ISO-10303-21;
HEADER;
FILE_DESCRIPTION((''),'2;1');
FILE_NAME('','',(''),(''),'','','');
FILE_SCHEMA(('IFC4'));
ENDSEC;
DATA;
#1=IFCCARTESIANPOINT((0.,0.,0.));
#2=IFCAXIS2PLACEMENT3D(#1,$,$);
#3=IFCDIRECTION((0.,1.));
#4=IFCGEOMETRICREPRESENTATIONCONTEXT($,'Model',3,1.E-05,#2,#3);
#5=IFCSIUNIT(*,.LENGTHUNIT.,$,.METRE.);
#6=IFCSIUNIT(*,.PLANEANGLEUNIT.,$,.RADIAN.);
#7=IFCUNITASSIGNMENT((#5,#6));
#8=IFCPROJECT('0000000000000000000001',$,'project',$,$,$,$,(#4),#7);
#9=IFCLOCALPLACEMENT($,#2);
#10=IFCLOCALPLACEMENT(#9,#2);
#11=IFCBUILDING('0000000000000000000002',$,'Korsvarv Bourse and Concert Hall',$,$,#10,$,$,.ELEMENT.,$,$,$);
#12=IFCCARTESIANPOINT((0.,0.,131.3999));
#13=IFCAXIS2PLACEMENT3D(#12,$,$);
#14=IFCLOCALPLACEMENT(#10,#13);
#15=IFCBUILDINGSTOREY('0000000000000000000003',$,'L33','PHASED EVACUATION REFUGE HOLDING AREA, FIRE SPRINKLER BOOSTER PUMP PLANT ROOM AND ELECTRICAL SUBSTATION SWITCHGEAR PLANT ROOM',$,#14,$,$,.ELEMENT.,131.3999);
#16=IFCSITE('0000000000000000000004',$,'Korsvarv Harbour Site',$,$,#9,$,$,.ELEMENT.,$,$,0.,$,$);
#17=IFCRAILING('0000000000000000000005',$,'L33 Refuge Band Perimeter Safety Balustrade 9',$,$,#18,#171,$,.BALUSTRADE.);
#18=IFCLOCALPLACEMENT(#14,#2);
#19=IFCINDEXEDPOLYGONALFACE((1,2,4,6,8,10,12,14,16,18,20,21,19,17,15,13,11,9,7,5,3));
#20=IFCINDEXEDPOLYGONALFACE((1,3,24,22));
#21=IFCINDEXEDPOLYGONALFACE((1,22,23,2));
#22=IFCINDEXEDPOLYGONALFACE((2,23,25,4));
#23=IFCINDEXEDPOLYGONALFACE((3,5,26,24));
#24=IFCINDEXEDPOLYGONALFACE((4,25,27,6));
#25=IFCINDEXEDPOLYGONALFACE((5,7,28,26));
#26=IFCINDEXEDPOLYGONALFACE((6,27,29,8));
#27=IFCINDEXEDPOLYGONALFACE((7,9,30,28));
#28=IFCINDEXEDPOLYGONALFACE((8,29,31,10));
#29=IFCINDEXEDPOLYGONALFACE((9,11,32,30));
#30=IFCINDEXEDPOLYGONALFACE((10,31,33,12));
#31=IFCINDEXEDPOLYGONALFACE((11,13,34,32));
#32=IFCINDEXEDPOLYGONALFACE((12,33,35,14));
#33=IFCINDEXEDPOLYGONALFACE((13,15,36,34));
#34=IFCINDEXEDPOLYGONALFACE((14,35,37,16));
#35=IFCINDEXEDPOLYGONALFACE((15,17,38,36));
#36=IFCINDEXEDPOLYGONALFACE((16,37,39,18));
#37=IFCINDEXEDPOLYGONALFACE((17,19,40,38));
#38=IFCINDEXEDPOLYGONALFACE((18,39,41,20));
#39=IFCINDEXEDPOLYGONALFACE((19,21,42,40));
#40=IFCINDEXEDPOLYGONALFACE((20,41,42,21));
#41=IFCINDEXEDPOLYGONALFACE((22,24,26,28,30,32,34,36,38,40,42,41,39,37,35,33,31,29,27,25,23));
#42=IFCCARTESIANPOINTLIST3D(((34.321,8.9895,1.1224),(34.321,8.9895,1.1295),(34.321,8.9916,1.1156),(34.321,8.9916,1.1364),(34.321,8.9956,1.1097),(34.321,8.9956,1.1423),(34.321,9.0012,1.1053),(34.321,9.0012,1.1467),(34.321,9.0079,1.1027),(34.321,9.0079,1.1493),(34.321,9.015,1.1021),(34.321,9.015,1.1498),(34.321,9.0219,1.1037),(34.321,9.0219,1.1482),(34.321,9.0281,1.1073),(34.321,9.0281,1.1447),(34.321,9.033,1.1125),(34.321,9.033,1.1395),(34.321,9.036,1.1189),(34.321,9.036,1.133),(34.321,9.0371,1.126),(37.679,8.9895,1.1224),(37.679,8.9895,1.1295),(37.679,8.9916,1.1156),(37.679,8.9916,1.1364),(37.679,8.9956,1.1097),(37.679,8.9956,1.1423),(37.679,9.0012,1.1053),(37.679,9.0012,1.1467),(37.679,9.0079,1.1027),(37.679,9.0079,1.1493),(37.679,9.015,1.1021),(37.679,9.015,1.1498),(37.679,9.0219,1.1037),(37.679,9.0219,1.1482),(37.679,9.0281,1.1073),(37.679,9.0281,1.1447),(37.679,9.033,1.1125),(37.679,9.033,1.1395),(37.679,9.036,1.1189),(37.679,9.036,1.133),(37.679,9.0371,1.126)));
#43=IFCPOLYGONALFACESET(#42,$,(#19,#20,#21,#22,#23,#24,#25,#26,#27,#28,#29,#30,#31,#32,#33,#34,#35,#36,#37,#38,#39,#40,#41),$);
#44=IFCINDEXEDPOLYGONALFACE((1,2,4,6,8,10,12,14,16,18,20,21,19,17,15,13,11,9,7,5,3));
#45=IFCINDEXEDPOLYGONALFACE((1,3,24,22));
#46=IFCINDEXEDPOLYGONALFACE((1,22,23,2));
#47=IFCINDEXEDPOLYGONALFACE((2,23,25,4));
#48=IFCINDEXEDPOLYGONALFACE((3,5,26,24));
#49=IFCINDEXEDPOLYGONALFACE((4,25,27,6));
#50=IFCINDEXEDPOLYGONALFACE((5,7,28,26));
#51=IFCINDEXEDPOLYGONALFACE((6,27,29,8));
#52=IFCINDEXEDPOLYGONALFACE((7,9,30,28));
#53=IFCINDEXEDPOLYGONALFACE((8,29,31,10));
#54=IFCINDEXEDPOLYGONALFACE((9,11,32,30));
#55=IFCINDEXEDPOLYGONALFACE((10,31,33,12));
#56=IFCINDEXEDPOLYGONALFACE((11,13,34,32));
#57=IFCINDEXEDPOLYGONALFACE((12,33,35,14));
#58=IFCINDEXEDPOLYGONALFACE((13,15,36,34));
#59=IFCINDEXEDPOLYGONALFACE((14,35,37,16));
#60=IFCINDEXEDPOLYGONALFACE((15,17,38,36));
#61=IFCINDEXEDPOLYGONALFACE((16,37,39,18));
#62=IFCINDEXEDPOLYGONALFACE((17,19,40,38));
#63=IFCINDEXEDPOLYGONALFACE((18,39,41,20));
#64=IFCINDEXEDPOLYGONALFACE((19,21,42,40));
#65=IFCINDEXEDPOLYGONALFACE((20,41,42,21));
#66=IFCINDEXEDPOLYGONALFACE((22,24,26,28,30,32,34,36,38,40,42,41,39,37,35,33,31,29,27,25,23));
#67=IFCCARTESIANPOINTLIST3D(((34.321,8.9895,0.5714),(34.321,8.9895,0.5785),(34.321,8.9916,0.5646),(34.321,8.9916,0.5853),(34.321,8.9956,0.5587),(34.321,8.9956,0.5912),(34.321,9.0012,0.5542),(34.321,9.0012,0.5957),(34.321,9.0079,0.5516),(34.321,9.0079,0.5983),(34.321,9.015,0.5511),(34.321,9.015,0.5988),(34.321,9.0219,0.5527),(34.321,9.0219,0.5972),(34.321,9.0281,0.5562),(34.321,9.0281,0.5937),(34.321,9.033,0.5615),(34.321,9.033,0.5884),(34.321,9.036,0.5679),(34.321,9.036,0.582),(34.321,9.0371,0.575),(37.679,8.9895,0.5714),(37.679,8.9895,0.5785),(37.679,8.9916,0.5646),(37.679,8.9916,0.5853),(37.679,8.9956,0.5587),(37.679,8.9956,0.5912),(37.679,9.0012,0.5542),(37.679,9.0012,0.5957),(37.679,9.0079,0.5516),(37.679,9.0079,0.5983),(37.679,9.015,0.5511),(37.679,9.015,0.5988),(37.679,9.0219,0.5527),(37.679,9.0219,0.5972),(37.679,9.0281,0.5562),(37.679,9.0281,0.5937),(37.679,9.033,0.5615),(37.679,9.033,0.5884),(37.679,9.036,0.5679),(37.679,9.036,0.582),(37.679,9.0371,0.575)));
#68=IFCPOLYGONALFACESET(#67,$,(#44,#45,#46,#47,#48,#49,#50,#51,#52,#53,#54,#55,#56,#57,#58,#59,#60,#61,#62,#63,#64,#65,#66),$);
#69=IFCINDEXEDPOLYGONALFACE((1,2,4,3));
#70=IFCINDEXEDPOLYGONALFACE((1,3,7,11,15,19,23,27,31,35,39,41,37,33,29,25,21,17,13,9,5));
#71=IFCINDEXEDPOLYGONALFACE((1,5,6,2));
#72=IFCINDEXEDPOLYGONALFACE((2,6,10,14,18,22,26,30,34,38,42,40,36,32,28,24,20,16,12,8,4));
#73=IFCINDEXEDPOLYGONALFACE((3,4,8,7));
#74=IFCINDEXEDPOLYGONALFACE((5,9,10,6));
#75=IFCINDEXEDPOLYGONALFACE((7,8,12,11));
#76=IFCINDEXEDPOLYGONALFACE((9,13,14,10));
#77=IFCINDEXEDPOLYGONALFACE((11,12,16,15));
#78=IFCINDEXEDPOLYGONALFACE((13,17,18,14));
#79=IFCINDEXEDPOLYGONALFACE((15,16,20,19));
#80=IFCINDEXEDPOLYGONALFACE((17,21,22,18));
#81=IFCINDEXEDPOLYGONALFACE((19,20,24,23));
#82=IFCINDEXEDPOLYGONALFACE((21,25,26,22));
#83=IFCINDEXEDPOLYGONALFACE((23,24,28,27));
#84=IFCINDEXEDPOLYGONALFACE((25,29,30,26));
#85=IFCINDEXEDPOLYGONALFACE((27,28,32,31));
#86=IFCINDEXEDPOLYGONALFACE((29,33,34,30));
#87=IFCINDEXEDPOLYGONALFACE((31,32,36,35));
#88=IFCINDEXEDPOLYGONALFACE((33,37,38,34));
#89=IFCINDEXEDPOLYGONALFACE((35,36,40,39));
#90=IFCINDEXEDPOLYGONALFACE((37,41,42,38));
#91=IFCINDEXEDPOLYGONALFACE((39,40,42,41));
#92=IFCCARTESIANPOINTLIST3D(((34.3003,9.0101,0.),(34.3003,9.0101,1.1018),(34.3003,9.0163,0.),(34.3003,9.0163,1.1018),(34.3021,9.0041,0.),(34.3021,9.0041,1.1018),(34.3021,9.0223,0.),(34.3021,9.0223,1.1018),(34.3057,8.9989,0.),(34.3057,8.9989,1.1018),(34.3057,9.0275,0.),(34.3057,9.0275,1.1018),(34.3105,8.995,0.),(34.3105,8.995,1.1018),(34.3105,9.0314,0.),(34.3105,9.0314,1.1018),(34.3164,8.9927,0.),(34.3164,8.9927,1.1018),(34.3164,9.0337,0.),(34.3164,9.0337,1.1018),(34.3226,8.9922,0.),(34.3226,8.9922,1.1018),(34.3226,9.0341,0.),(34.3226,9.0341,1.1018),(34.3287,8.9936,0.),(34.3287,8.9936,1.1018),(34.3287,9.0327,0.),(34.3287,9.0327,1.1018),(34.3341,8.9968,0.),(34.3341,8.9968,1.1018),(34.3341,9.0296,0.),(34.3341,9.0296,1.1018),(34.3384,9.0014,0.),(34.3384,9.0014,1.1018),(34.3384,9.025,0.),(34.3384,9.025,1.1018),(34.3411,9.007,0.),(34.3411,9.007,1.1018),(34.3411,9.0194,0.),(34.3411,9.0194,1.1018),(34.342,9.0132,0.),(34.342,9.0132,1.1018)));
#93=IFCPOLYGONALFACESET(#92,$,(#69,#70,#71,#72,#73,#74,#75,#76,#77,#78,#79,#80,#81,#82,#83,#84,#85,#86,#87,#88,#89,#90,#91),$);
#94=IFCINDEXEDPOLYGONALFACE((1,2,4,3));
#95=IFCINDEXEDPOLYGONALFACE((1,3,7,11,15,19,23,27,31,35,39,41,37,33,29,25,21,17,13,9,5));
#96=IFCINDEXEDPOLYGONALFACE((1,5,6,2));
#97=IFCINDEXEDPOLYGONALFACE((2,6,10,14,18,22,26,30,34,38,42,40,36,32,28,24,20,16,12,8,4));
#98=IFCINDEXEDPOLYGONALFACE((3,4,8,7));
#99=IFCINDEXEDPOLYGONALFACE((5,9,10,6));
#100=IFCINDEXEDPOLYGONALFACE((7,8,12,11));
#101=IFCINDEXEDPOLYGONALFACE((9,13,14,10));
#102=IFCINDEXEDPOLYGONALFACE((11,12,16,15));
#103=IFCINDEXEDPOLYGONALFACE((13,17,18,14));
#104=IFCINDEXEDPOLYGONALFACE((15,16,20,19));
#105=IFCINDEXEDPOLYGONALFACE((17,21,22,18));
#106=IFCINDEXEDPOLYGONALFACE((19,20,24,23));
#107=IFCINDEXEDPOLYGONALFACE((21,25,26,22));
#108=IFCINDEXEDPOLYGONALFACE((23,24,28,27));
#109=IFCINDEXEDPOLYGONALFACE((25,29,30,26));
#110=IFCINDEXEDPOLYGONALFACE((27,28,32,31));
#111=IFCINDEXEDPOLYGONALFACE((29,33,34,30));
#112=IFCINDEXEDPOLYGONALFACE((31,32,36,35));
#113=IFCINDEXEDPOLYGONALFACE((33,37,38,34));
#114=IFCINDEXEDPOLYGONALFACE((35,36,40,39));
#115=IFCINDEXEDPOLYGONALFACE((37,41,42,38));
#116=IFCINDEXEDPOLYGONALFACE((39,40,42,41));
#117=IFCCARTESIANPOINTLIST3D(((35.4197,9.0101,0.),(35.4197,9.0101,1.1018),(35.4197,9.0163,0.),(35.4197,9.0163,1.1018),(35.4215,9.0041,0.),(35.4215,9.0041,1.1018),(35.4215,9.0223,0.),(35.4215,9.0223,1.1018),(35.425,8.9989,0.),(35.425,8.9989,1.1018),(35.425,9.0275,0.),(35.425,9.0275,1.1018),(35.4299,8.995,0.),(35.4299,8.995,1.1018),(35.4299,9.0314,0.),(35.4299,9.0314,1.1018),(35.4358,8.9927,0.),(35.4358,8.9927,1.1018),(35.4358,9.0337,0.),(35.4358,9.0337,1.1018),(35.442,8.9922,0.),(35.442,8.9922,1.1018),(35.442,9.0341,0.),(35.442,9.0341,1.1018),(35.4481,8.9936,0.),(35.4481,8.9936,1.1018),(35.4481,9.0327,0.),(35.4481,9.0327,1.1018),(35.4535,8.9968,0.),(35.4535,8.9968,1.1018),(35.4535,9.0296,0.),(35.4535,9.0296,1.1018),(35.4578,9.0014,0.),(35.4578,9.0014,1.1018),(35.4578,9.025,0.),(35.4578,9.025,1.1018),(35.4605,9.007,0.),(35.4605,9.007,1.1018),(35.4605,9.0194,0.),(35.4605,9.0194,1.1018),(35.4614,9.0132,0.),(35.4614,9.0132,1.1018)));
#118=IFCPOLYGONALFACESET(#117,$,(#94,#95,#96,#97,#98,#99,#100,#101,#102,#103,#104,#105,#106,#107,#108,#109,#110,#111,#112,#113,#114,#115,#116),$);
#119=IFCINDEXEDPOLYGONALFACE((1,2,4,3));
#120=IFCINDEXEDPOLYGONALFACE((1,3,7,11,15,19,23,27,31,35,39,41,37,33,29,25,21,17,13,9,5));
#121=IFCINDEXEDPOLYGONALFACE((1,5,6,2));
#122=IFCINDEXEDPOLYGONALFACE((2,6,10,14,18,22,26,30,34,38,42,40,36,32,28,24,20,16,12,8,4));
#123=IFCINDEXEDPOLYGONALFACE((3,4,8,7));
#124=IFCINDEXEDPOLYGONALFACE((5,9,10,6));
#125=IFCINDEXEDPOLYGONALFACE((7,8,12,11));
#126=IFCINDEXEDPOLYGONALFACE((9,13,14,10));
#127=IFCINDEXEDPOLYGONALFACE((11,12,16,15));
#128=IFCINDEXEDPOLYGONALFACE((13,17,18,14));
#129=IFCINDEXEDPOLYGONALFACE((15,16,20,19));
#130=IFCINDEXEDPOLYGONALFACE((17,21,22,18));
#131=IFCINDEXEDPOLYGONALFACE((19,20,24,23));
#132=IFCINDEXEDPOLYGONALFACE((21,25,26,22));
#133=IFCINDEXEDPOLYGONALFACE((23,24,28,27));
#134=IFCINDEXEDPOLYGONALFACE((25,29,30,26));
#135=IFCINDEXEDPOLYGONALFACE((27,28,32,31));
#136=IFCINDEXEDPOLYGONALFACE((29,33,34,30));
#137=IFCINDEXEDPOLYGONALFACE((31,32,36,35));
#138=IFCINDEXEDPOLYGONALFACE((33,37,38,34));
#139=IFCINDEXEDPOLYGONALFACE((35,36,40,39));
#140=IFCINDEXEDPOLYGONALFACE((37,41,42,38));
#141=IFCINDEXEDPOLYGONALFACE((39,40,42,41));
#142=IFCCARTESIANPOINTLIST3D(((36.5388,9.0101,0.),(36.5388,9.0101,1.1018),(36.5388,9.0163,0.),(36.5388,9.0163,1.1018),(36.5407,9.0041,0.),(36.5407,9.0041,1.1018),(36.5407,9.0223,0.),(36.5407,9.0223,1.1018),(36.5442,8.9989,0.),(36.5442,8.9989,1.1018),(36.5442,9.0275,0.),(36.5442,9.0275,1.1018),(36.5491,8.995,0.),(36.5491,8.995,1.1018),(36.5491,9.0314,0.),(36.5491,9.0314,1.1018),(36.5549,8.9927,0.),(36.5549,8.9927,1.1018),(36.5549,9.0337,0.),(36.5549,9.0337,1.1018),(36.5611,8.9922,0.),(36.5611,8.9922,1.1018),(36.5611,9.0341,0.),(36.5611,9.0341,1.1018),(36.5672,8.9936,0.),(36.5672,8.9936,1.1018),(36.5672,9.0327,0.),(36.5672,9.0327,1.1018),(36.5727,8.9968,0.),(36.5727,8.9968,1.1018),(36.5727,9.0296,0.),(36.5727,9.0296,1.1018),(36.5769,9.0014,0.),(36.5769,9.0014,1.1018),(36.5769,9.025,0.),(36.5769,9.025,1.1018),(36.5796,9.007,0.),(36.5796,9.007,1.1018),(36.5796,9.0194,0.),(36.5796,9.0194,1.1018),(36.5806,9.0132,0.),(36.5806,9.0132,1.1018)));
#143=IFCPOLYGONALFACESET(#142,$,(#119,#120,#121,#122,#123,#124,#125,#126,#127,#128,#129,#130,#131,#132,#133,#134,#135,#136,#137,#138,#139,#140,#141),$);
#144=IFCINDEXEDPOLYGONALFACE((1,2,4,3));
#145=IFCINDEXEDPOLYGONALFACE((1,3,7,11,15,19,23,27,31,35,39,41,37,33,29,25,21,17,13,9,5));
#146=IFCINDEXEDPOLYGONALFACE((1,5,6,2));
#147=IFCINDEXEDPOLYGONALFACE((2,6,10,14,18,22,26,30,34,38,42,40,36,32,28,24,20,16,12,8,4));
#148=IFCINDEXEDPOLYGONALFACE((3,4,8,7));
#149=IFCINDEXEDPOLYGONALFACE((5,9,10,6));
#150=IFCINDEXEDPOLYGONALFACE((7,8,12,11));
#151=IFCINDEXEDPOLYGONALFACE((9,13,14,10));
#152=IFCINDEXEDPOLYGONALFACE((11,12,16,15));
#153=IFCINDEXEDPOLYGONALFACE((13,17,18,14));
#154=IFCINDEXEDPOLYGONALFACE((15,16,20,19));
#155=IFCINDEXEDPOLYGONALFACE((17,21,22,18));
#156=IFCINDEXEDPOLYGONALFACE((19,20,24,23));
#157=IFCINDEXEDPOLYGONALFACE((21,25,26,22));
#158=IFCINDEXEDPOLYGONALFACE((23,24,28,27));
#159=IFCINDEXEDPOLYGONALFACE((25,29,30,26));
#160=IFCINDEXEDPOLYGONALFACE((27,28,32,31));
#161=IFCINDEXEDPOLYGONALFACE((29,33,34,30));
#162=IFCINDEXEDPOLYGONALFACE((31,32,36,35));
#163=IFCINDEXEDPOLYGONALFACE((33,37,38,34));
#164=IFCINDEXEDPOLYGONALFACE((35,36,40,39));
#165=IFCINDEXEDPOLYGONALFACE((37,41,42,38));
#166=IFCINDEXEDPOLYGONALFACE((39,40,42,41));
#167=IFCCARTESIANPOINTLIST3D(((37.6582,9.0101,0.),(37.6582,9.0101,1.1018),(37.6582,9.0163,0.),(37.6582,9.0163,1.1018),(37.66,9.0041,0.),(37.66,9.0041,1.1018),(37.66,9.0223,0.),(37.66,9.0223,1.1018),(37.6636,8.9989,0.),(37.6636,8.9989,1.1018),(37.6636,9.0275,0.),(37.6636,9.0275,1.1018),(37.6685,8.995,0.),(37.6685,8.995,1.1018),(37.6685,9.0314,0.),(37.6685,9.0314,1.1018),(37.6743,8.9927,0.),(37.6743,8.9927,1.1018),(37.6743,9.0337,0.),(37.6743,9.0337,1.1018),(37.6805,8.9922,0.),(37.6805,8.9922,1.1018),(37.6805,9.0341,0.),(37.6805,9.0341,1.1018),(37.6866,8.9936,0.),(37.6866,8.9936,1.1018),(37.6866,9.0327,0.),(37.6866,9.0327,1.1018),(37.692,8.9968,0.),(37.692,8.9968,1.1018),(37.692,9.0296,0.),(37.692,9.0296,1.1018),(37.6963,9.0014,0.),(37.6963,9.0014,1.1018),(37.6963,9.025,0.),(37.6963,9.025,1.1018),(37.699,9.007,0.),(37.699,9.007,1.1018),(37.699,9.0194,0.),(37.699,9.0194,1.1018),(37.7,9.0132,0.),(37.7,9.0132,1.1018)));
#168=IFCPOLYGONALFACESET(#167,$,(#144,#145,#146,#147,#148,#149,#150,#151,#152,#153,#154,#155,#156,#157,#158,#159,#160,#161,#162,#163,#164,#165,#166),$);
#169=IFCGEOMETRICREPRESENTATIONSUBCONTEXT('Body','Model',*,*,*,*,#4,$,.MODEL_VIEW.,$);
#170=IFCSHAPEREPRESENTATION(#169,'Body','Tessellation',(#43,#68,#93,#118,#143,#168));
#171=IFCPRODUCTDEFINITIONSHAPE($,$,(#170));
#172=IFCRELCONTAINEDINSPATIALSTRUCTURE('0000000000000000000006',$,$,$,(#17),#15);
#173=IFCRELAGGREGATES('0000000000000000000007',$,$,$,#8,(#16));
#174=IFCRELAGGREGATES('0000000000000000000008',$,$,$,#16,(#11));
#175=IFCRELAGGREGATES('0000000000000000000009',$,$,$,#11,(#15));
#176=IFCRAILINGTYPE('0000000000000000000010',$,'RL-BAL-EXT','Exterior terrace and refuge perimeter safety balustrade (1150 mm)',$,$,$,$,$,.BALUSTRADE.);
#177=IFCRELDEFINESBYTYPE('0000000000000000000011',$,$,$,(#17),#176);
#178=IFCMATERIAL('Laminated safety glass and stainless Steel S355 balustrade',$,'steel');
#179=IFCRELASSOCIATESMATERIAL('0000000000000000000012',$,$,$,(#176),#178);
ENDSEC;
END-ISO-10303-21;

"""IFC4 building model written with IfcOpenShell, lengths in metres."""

from ifc_helpers import new_model, si_unit, direction, frame, origin, origin_2d, place, context, subcontext, project, spatial, circle, extrude, material, type_object, element, save


model = new_model("IFC4")

# Units and contexts
model_context = context("Model", 3, precision=1e-05, world=origin(), true_north=direction((0.0, 1.0)))
body_context = subcontext(model_context, "Body", "Model", "MODEL_VIEW")
ifc_project = project(units=[si_unit("LENGTHUNIT", "METRE"), si_unit("PLANEANGLEUNIT", "RADIAN")], contexts=[model_context])

# Site, building, storey
site_placement = place(None, origin())
site = spatial("IfcSite", under=ifc_project, at=site_placement, Name="Korsvarv Harbour Site", CompositionType="ELEMENT", RefElevation=0.0)
building_placement = place(site_placement, origin())
building = spatial("IfcBuilding", under=site, at=building_placement, Name="Korsvarv Bourse and Concert Hall", CompositionType="ELEMENT")
storey_placement = place(building_placement, frame((0.0, 0.0, 131.3999)))
storey = spatial("IfcBuildingStorey", under=building, at=storey_placement, Name="L33", Description="PHASED EVACUATION REFUGE HOLDING AREA, FIRE SPRINKLER BOOSTER PUMP PLANT ROOM AND ELECTRICAL SUBSTATION SWITCHGEAR PLANT ROOM", CompositionType="ELEMENT", Elevation=131.3999)

# Railing
ifc_material_1 = material(Name="Laminated safety glass and stainless Steel S355 balustrade", Category="steel")
railing_type = type_object("IfcRailingType", Name="RL-BAL-EXT", Description="Exterior terrace and refuge perimeter safety balustrade (1150 mm)", PredefinedType="BALUSTRADE", material=ifc_material_1)
railing_1_placement = place(storey_placement, frame((34.321, 9.0132, 0.0)))
element("IfcRailing", 1, at=railing_1_placement, inside=storey, type_object=railing_type, Name="L33 Refuge Band Perimeter Safety Balustrade 9", PredefinedType="BALUSTRADE", context=body_context, shape_type="SweptSolid", body=[
    extrude(circle(Radius=0.0239, at=origin_2d()), frame((0.0, 0.0, 1.126), z_axis=(1.0, 0.0, 0.0), x_axis=(0.0, 1.0, 0.0)), (0.0, 0.0, 1.0), 3.3579),
    extrude(circle(Radius=0.0239, at=origin_2d()), frame((0.0, 0.0, 0.575), z_axis=(1.0, 0.0, 0.0), x_axis=(0.0, 1.0, 0.0)), (0.0, 0.0, 1.0), 3.3579),
    extrude(circle(Radius=0.021, at=origin_2d()), origin(), (0.0, 0.0, 1.0), 1.1018),
    extrude(circle(Radius=0.021, at=origin_2d()), frame((1.1194, 0.0, 0.0)), (0.0, 0.0, 1.0), 1.1018),
    extrude(circle(Radius=0.021, at=origin_2d()), frame((2.2385, 0.0, 0.0)), (0.0, 0.0, 1.0), 1.1018),
    extrude(circle(Radius=0.021, at=origin_2d()), frame((3.3579, 0.0, 0.0)), (0.0, 0.0, 1.0), 1.1018),
])

save(model, "model.ifc")
